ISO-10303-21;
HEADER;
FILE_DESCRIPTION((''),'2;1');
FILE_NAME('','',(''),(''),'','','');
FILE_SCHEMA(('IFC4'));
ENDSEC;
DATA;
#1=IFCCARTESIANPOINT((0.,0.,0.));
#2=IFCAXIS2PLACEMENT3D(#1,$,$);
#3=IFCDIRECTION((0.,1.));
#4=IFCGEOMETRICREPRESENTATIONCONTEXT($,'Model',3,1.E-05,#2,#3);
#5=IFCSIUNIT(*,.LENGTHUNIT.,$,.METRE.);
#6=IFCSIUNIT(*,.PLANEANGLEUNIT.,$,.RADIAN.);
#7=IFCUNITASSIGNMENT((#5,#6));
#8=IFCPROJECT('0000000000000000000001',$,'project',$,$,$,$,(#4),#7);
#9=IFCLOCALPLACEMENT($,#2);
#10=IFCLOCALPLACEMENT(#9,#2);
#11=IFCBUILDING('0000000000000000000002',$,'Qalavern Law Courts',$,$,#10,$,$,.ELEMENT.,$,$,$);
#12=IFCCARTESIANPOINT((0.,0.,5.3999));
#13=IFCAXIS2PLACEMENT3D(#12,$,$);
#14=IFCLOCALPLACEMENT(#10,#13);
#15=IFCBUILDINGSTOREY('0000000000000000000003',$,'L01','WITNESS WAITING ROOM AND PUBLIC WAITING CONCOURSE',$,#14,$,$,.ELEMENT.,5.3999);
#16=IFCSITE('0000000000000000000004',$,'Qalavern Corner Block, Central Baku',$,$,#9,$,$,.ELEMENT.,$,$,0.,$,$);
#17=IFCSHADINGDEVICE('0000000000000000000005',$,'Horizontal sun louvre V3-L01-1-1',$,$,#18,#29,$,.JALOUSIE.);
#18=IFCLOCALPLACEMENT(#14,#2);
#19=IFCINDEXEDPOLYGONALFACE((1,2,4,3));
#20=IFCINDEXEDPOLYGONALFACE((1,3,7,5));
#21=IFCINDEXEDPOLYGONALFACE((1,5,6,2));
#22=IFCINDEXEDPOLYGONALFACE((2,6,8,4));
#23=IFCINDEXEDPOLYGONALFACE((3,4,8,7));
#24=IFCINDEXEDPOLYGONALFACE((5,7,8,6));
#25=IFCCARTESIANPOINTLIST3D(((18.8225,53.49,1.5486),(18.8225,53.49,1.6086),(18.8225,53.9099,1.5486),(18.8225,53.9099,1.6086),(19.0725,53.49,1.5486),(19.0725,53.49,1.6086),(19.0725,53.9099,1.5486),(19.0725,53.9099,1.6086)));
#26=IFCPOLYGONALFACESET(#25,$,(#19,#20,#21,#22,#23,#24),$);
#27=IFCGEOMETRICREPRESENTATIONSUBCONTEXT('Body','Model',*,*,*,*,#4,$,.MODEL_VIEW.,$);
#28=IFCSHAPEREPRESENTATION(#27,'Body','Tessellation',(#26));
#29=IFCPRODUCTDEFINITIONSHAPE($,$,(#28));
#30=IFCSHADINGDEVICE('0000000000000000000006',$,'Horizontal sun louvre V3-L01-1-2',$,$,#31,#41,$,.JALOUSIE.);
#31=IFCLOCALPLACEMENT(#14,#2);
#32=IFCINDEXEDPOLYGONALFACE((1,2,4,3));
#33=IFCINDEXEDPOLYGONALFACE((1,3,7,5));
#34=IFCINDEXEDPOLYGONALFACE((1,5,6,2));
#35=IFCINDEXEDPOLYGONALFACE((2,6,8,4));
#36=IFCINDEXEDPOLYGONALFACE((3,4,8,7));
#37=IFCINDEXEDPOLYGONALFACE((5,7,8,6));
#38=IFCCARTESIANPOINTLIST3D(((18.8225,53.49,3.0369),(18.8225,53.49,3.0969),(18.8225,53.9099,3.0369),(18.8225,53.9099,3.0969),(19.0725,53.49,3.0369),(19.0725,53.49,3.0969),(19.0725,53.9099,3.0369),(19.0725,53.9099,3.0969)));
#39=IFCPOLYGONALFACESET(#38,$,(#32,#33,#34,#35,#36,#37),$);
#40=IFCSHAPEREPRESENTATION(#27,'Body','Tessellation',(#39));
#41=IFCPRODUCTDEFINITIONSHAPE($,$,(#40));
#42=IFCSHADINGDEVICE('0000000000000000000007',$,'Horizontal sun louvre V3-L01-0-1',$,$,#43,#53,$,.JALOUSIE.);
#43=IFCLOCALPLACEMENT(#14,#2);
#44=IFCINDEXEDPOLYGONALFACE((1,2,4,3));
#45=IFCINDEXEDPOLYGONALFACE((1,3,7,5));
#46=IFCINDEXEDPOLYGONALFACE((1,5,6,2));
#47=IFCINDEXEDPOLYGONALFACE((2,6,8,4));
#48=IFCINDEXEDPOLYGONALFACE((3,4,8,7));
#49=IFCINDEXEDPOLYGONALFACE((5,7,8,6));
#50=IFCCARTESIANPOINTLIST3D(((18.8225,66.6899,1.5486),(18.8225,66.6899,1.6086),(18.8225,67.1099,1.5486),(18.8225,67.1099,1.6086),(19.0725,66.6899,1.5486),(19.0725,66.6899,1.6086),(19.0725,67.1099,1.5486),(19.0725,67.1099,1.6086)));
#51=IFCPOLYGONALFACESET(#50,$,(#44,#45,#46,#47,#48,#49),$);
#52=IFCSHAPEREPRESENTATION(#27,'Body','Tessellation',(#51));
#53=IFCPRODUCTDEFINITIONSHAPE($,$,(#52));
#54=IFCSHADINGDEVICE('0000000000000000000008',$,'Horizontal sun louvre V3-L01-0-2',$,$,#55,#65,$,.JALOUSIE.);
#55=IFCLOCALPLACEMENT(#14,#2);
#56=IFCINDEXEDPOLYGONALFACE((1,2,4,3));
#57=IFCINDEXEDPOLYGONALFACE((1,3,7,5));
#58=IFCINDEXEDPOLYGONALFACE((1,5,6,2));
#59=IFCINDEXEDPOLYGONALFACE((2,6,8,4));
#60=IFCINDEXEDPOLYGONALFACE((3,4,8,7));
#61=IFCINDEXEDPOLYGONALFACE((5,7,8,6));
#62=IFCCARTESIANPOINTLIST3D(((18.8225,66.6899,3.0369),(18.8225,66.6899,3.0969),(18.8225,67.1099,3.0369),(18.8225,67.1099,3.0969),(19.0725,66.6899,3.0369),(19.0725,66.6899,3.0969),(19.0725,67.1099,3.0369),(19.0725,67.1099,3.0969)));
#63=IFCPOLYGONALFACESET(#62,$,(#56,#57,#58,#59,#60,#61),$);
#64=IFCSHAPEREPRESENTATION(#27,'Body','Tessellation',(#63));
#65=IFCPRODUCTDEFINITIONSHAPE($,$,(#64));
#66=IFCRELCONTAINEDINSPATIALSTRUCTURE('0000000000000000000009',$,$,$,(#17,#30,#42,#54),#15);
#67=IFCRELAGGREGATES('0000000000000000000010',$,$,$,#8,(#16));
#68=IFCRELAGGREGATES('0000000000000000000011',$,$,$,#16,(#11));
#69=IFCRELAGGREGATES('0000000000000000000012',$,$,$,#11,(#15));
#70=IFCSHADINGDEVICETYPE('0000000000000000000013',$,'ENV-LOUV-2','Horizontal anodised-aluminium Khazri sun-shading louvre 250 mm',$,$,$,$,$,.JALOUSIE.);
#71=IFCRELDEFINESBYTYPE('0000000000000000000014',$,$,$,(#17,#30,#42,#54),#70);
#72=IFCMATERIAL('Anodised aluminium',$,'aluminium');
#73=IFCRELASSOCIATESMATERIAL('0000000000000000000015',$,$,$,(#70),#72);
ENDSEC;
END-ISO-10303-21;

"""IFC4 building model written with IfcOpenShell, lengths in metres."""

from ifc_helpers import new_model, si_unit, direction, frame, origin, origin_2d, place, context, subcontext, project, spatial, rectangle, extrude, material, type_object, element, save


model = new_model("IFC4")

# Units and contexts
model_context = context("Model", 3, precision=1e-05, world=origin(), true_north=direction((0.0, 1.0)))
body_context = subcontext(model_context, "Body", "Model", "MODEL_VIEW")
ifc_project = project(units=[si_unit("LENGTHUNIT", "METRE"), si_unit("PLANEANGLEUNIT", "RADIAN")], contexts=[model_context])

# Site, building, storey
site_placement = place(None, origin())
site = spatial("IfcSite", under=ifc_project, at=site_placement, Name="Qalavern Corner Block, Central Baku", CompositionType="ELEMENT", RefElevation=0.0)
building_placement = place(site_placement, origin())
building = spatial("IfcBuilding", under=site, at=building_placement, Name="Qalavern Law Courts", CompositionType="ELEMENT")
storey_placement = place(building_placement, frame((0.0, 0.0, 5.3999)))
storey = spatial("IfcBuildingStorey", under=building, at=storey_placement, Name="L01", Description="WITNESS WAITING ROOM AND PUBLIC WAITING CONCOURSE", CompositionType="ELEMENT", Elevation=5.3999)

# Shading devices
ifc_material_1 = material(Name="Anodised aluminium", Category="aluminium")
shading_device_type_1 = type_object("IfcShadingDeviceType", Name="ENV-LOUV-2", Description="Horizontal anodised-aluminium Khazri sun-shading louvre 250 mm", PredefinedType="JALOUSIE", material=ifc_material_1)
for number, where, z_axis, x_axis, name in (
    (1, (18.9475, 53.7, 1.5486), (0.0, 0.0, 1.0), (0.0, 1.0, 0.0), "Horizontal sun louvre V3-L01-1-1"),
    (2, (18.9475, 53.7, 3.0369), (0.0, 0.0, 1.0), (0.0, 1.0, 0.0), "Horizontal sun louvre V3-L01-1-2"),
    (3, (18.9475, 66.8999, 1.5486), (0.0, 0.0, 1.0), (0.0, 1.0, 0.0), "Horizontal sun louvre V3-L01-0-1"),
    (4, (18.9475, 66.8999, 3.0369), (0.0, 0.0, 1.0), (0.0, 1.0, 0.0), "Horizontal sun louvre V3-L01-0-2"),
):
    element("IfcShadingDevice", number, at=place(storey_placement, frame(where, z_axis=z_axis, x_axis=x_axis)), inside=storey, type_object=shading_device_type_1, Name=name, PredefinedType="JALOUSIE", context=body_context, shape_type="SweptSolid", body=[
        extrude(rectangle(XDim=0.4199, YDim=0.25, at=origin_2d()), origin(), (0.0, 0.0, 1.0), 0.0601),
    ])

save(model, "model.ifc")
